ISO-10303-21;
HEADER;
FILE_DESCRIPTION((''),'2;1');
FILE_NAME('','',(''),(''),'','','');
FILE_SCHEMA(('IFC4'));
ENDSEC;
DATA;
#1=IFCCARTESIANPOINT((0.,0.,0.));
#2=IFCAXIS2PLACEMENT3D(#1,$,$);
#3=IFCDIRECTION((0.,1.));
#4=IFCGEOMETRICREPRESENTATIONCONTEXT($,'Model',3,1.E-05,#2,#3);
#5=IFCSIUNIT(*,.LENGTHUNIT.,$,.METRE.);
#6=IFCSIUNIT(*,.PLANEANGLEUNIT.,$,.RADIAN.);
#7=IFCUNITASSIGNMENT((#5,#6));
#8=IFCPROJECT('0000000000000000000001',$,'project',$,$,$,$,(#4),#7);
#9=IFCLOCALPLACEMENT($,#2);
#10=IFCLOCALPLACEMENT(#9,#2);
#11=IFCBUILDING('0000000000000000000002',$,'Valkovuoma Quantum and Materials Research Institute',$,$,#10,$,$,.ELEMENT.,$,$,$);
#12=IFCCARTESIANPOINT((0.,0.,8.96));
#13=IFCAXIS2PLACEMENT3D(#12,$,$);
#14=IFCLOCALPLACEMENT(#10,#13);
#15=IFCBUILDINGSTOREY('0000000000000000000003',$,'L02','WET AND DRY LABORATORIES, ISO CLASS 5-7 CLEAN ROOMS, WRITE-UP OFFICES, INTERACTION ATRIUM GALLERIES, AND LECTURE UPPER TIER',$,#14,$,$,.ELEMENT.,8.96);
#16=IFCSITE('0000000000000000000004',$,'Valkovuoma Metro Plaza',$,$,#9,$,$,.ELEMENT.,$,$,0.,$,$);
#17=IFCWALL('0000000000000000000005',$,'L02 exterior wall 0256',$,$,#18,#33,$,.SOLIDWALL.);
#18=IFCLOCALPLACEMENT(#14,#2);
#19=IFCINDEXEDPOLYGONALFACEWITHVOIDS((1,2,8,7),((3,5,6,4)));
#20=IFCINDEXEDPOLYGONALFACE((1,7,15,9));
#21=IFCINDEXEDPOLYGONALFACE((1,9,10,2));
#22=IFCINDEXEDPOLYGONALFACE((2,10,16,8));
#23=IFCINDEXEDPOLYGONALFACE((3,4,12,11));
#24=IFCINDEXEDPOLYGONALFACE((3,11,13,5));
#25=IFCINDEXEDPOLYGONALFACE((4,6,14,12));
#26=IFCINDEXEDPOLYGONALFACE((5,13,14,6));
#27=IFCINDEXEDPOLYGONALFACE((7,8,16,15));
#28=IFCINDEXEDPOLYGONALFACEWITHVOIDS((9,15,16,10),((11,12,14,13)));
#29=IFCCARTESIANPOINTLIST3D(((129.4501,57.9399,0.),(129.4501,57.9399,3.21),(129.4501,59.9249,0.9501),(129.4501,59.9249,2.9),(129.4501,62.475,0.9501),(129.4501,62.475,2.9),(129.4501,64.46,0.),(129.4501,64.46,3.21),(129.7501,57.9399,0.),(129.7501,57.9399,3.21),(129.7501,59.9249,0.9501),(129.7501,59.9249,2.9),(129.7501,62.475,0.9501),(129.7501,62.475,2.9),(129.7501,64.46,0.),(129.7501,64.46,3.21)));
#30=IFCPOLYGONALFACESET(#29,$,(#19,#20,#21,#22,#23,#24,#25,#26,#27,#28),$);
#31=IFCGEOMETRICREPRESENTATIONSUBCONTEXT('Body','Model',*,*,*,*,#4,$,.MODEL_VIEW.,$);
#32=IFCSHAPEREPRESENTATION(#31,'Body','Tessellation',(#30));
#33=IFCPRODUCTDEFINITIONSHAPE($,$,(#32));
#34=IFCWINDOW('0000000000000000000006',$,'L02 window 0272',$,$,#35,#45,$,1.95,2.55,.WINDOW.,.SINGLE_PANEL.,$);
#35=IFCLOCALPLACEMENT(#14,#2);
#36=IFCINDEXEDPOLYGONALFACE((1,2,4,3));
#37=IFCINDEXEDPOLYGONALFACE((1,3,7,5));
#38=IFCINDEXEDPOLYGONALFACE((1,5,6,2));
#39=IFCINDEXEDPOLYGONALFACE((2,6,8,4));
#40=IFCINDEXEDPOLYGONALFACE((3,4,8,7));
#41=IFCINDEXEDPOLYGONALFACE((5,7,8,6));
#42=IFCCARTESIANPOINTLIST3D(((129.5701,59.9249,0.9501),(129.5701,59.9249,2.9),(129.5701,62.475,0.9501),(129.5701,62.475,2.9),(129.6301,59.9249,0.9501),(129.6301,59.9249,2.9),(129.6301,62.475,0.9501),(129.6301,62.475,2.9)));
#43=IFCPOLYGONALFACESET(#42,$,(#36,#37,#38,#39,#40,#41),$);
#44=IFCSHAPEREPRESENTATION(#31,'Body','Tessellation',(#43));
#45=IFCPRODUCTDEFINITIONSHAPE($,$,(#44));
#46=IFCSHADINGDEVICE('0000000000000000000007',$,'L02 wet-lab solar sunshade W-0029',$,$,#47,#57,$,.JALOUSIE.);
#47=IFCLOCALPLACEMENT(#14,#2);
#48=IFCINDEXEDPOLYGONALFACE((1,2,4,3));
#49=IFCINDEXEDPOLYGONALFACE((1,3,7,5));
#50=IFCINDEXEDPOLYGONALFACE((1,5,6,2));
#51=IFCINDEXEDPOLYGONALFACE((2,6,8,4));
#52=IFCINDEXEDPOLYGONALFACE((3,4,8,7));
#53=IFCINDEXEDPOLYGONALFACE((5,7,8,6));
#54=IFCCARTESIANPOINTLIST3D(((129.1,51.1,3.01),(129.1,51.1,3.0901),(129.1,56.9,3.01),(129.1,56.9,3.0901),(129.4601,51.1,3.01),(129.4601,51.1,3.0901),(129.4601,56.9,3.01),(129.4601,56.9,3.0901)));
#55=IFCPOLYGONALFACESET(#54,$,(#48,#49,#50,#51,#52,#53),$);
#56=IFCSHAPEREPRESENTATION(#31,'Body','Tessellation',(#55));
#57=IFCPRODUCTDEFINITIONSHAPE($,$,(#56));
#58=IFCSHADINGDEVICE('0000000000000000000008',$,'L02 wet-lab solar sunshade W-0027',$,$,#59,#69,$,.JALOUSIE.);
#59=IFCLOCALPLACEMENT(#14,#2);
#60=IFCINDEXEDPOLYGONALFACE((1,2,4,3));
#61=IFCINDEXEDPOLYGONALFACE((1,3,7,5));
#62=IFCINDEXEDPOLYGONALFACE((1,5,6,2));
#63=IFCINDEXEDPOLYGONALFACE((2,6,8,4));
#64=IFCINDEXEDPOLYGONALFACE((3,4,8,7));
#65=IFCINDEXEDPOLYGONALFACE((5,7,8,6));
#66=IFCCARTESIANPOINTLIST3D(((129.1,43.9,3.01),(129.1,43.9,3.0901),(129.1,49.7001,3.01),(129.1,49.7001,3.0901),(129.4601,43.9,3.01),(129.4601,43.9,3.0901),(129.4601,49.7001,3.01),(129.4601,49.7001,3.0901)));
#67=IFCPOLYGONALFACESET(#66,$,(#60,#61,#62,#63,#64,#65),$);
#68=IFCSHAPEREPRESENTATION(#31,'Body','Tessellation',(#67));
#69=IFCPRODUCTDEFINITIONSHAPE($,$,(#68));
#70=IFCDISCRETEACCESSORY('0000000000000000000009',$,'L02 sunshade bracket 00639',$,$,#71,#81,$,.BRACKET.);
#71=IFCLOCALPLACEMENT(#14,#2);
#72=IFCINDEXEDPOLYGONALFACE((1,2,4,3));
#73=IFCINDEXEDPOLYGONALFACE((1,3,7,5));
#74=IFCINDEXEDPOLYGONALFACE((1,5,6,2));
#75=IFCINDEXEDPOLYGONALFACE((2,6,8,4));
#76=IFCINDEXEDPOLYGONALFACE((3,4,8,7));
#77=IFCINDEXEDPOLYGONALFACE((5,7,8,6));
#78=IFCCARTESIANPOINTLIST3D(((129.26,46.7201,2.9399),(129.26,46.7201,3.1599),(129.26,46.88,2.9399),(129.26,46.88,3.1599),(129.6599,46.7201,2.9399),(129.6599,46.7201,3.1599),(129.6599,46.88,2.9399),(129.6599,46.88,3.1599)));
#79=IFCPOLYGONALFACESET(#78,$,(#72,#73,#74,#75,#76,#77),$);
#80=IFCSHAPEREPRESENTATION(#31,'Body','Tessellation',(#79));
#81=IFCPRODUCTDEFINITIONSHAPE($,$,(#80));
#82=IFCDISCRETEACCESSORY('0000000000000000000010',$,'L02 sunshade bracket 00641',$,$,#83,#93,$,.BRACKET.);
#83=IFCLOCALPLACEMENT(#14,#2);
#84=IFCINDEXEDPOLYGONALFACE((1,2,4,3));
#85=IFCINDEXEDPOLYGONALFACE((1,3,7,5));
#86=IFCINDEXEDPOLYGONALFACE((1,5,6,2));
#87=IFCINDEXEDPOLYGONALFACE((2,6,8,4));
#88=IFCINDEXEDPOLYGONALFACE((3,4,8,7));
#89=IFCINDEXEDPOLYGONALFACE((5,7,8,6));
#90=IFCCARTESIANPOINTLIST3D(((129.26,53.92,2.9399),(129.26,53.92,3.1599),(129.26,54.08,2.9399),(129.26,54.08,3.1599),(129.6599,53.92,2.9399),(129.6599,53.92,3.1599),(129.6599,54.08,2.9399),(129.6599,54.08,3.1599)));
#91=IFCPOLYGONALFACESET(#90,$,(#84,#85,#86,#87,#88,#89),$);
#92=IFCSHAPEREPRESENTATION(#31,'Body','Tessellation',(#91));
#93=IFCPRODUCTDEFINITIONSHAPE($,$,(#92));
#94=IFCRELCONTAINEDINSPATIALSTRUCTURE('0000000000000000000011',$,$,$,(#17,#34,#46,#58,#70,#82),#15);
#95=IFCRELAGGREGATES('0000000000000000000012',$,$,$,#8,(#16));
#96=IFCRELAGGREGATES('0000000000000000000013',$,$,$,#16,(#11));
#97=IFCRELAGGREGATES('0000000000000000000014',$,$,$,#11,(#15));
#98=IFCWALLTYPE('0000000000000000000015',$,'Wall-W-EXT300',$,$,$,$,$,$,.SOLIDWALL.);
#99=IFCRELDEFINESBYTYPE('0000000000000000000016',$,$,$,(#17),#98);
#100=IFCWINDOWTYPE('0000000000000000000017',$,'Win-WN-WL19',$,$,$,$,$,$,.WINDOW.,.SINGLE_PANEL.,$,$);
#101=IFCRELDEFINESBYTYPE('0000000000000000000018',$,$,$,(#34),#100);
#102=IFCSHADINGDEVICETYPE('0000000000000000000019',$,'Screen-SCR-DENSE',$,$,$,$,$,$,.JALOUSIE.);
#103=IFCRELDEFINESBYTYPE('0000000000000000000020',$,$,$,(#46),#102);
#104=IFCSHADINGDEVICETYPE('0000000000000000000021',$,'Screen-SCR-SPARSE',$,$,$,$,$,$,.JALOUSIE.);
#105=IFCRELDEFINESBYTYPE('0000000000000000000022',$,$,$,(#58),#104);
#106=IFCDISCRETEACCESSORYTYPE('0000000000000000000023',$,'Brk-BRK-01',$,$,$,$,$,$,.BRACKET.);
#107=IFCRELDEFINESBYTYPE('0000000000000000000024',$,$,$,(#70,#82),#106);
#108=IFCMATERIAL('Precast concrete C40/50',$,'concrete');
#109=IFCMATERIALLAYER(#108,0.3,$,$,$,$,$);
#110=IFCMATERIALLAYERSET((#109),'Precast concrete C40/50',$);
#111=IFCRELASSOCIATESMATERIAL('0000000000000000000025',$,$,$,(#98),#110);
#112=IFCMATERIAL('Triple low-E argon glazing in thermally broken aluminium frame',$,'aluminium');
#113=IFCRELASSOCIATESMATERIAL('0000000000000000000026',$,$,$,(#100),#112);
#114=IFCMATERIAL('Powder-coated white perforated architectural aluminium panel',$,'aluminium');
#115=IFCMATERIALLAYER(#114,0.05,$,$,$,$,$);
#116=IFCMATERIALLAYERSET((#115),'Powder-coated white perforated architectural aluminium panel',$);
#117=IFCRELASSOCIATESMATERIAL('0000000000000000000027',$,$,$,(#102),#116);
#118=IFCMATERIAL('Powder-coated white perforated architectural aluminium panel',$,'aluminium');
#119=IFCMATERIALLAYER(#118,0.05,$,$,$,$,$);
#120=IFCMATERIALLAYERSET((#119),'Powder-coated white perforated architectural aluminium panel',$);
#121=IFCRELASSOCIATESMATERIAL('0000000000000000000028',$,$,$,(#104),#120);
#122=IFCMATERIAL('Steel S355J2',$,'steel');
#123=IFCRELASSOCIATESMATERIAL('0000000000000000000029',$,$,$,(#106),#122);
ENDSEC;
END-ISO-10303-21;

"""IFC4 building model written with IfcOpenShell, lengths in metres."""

from ifc_helpers import new_model, si_unit, direction, frame, frame_2d, origin, origin_2d, place, context, subcontext, project, spatial, rectangle, extrude, material, layer, layer_set, type_object, element, fill, save


model = new_model("IFC4")

# Units and contexts
model_context = context("Model", 3, precision=1e-05, world=origin(), true_north=direction((0.0, 1.0)))
body_context = subcontext(model_context, "Body", "Model", "MODEL_VIEW")
ifc_project = project(units=[si_unit("LENGTHUNIT", "METRE"), si_unit("PLANEANGLEUNIT", "RADIAN")], contexts=[model_context])

# Site, building, storey
site_placement = place(None, origin())
site = spatial("IfcSite", under=ifc_project, at=site_placement, Name="Valkovuoma Metro Plaza", CompositionType="ELEMENT", RefElevation=0.0)
building_placement = place(site_placement, origin())
building = spatial("IfcBuilding", under=site, at=building_placement, Name="Valkovuoma Quantum and Materials Research Institute", CompositionType="ELEMENT")
storey_placement = place(building_placement, frame((0.0, 0.0, 8.96)))
storey = spatial("IfcBuildingStorey", under=building, at=storey_placement, Name="L02", Description="WET AND DRY LABORATORIES, ISO CLASS 5-7 CLEAN ROOMS, WRITE-UP OFFICES, INTERACTION ATRIUM GALLERIES, AND LECTURE UPPER TIER", CompositionType="ELEMENT", Elevation=8.96)

# Wall, opening, window
ifc_material_1 = material(Name="Precast concrete C40/50", Category="concrete")
ifc_layer_1 = layer(ifc_material_1, 0.3)
ifc_layer_set_1 = layer_set([ifc_layer_1], Name="Precast concrete C40/50")
wall_type = type_object("IfcWallType", Name="Wall-W-EXT300", PredefinedType="SOLIDWALL", material=ifc_layer_set_1)
wall_1_placement = place(storey_placement, frame((129.6001, 57.9399, 0.0), z_axis=(0.0, 0.0, 1.0), x_axis=(0.0, 1.0, 0.0)))
wall_1 = element("IfcWall", 1, at=wall_1_placement, inside=storey, type_object=wall_type, Name="L02 exterior wall 0256", PredefinedType="SOLIDWALL", context=body_context, shape_type="SweptSolid", body=[
    extrude(rectangle(XDim=6.52, YDim=0.3, at=frame_2d((3.26, 0.0))), origin(), (0.0, 0.0, 1.0), 3.21),
])
opening_1_placement = place(wall_1_placement, frame((1.9851, 0.0, 0.95)))
opening_1 = element("IfcOpeningElement", 2, at=opening_1_placement, cuts=wall_1, PredefinedType="OPENING", context=body_context, shape_type="SweptSolid", body=[
    extrude(rectangle(XDim=2.55, YDim=1.95, at=frame_2d((1.2749, 0.9751))), frame((0.0, 0.1602, 0.0), z_axis=(0.0, -1.0, 0.0), x_axis=(1.0, 0.0, 0.0)), (0.0, 0.0, 1.0), 0.3201),
])
ifc_material_2 = material(Name="Triple low-E argon glazing in thermally broken aluminium frame", Category="aluminium")
window_type_1 = type_object("IfcWindowType", Name="Win-WN-WL19", PartitioningType="SINGLE_PANEL", PredefinedType="WINDOW", material=ifc_material_2)
window_1_placement = place(opening_1_placement, origin())
window_1 = element("IfcWindow", 3, at=window_1_placement, inside=storey, type_object=window_type_1, Name="L02 window 0272", OverallHeight=1.95, OverallWidth=2.55, PartitioningType="SINGLE_PANEL", PredefinedType="WINDOW", context=body_context, shape_type="SweptSolid", body=[
    extrude(rectangle(XDim=2.55, YDim=1.95, at=frame_2d((1.2749, 0.9751))), frame((0.0, 0.03, 0.0), z_axis=(0.0, -1.0, 0.0), x_axis=(1.0, 0.0, 0.0)), (0.0, 0.0, 1.0), 0.0601),
])
fill(opening_1, window_1)

# Shading devices
ifc_material_3 = material(Name="Powder-coated white perforated architectural aluminium panel", Category="aluminium")
ifc_layer_2 = layer(ifc_material_3, 0.05)
ifc_layer_set_2 = layer_set([ifc_layer_2], Name="Powder-coated white perforated architectural aluminium panel")
shading_device_type_1 = type_object("IfcShadingDeviceType", Name="Screen-SCR-DENSE", PredefinedType="JALOUSIE", material=ifc_layer_set_2)
shading_device_1_placement = place(storey_placement, frame((129.28, 54.0, 3.01), z_axis=(0.0, 0.0, 1.0), x_axis=(1.0, 0.0, 0.0)))
element("IfcShadingDevice", 4, at=shading_device_1_placement, inside=storey, type_object=shading_device_type_1, Name="L02 wet-lab solar sunshade W-0029", PredefinedType="JALOUSIE", context=body_context, shape_type="SweptSolid", body=[
    extrude(rectangle(XDim=0.3601, YDim=5.8, at=origin_2d()), origin(), (0.0, 0.0, 1.0), 0.0801),
])
ifc_material_4 = material(Name="Powder-coated white perforated architectural aluminium panel", Category="aluminium")
ifc_layer_3 = layer(ifc_material_4, 0.05)
ifc_layer_set_3 = layer_set([ifc_layer_3], Name="Powder-coated white perforated architectural aluminium panel")
shading_device_type_2 = type_object("IfcShadingDeviceType", Name="Screen-SCR-SPARSE", PredefinedType="JALOUSIE", material=ifc_layer_set_3)
shading_device_2_placement = place(storey_placement, frame((129.28, 46.8, 3.01), z_axis=(0.0, 0.0, 1.0), x_axis=(1.0, 0.0, 0.0)))
element("IfcShadingDevice", 5, at=shading_device_2_placement, inside=storey, type_object=shading_device_type_2, Name="L02 wet-lab solar sunshade W-0027", PredefinedType="JALOUSIE", context=body_context, shape_type="SweptSolid", body=[
    extrude(rectangle(XDim=0.3601, YDim=5.8, at=origin_2d()), origin(), (0.0, 0.0, 1.0), 0.0801),
])

# Discrete accessories
ifc_material_5 = material(Name="Steel S355J2", Category="steel")
discrete_accessory_type = type_object("IfcDiscreteAccessoryType", Name="Brk-BRK-01", PredefinedType="BRACKET", material=ifc_material_5)
for number, where, z_axis, x_axis, name in (
    (6, (129.46, 46.8, 2.9399), (0.0, 0.0, 1.0), (1.0, 0.0, 0.0), "L02 sunshade bracket 00639"),
    (7, (129.46, 54.0, 2.9399), (0.0, 0.0, 1.0), (1.0, 0.0, 0.0), "L02 sunshade bracket 00641"),
):
    element("IfcDiscreteAccessory", number, at=place(storey_placement, frame(where, z_axis=z_axis, x_axis=x_axis)), inside=storey, type_object=discrete_accessory_type, Name=name, PredefinedType="BRACKET", context=body_context, shape_type="SweptSolid", body=[
        extrude(rectangle(XDim=0.3999, YDim=0.1599, at=origin_2d()), origin(), (0.0, 0.0, 1.0), 0.22),
    ])

save(model, "model.ifc")
